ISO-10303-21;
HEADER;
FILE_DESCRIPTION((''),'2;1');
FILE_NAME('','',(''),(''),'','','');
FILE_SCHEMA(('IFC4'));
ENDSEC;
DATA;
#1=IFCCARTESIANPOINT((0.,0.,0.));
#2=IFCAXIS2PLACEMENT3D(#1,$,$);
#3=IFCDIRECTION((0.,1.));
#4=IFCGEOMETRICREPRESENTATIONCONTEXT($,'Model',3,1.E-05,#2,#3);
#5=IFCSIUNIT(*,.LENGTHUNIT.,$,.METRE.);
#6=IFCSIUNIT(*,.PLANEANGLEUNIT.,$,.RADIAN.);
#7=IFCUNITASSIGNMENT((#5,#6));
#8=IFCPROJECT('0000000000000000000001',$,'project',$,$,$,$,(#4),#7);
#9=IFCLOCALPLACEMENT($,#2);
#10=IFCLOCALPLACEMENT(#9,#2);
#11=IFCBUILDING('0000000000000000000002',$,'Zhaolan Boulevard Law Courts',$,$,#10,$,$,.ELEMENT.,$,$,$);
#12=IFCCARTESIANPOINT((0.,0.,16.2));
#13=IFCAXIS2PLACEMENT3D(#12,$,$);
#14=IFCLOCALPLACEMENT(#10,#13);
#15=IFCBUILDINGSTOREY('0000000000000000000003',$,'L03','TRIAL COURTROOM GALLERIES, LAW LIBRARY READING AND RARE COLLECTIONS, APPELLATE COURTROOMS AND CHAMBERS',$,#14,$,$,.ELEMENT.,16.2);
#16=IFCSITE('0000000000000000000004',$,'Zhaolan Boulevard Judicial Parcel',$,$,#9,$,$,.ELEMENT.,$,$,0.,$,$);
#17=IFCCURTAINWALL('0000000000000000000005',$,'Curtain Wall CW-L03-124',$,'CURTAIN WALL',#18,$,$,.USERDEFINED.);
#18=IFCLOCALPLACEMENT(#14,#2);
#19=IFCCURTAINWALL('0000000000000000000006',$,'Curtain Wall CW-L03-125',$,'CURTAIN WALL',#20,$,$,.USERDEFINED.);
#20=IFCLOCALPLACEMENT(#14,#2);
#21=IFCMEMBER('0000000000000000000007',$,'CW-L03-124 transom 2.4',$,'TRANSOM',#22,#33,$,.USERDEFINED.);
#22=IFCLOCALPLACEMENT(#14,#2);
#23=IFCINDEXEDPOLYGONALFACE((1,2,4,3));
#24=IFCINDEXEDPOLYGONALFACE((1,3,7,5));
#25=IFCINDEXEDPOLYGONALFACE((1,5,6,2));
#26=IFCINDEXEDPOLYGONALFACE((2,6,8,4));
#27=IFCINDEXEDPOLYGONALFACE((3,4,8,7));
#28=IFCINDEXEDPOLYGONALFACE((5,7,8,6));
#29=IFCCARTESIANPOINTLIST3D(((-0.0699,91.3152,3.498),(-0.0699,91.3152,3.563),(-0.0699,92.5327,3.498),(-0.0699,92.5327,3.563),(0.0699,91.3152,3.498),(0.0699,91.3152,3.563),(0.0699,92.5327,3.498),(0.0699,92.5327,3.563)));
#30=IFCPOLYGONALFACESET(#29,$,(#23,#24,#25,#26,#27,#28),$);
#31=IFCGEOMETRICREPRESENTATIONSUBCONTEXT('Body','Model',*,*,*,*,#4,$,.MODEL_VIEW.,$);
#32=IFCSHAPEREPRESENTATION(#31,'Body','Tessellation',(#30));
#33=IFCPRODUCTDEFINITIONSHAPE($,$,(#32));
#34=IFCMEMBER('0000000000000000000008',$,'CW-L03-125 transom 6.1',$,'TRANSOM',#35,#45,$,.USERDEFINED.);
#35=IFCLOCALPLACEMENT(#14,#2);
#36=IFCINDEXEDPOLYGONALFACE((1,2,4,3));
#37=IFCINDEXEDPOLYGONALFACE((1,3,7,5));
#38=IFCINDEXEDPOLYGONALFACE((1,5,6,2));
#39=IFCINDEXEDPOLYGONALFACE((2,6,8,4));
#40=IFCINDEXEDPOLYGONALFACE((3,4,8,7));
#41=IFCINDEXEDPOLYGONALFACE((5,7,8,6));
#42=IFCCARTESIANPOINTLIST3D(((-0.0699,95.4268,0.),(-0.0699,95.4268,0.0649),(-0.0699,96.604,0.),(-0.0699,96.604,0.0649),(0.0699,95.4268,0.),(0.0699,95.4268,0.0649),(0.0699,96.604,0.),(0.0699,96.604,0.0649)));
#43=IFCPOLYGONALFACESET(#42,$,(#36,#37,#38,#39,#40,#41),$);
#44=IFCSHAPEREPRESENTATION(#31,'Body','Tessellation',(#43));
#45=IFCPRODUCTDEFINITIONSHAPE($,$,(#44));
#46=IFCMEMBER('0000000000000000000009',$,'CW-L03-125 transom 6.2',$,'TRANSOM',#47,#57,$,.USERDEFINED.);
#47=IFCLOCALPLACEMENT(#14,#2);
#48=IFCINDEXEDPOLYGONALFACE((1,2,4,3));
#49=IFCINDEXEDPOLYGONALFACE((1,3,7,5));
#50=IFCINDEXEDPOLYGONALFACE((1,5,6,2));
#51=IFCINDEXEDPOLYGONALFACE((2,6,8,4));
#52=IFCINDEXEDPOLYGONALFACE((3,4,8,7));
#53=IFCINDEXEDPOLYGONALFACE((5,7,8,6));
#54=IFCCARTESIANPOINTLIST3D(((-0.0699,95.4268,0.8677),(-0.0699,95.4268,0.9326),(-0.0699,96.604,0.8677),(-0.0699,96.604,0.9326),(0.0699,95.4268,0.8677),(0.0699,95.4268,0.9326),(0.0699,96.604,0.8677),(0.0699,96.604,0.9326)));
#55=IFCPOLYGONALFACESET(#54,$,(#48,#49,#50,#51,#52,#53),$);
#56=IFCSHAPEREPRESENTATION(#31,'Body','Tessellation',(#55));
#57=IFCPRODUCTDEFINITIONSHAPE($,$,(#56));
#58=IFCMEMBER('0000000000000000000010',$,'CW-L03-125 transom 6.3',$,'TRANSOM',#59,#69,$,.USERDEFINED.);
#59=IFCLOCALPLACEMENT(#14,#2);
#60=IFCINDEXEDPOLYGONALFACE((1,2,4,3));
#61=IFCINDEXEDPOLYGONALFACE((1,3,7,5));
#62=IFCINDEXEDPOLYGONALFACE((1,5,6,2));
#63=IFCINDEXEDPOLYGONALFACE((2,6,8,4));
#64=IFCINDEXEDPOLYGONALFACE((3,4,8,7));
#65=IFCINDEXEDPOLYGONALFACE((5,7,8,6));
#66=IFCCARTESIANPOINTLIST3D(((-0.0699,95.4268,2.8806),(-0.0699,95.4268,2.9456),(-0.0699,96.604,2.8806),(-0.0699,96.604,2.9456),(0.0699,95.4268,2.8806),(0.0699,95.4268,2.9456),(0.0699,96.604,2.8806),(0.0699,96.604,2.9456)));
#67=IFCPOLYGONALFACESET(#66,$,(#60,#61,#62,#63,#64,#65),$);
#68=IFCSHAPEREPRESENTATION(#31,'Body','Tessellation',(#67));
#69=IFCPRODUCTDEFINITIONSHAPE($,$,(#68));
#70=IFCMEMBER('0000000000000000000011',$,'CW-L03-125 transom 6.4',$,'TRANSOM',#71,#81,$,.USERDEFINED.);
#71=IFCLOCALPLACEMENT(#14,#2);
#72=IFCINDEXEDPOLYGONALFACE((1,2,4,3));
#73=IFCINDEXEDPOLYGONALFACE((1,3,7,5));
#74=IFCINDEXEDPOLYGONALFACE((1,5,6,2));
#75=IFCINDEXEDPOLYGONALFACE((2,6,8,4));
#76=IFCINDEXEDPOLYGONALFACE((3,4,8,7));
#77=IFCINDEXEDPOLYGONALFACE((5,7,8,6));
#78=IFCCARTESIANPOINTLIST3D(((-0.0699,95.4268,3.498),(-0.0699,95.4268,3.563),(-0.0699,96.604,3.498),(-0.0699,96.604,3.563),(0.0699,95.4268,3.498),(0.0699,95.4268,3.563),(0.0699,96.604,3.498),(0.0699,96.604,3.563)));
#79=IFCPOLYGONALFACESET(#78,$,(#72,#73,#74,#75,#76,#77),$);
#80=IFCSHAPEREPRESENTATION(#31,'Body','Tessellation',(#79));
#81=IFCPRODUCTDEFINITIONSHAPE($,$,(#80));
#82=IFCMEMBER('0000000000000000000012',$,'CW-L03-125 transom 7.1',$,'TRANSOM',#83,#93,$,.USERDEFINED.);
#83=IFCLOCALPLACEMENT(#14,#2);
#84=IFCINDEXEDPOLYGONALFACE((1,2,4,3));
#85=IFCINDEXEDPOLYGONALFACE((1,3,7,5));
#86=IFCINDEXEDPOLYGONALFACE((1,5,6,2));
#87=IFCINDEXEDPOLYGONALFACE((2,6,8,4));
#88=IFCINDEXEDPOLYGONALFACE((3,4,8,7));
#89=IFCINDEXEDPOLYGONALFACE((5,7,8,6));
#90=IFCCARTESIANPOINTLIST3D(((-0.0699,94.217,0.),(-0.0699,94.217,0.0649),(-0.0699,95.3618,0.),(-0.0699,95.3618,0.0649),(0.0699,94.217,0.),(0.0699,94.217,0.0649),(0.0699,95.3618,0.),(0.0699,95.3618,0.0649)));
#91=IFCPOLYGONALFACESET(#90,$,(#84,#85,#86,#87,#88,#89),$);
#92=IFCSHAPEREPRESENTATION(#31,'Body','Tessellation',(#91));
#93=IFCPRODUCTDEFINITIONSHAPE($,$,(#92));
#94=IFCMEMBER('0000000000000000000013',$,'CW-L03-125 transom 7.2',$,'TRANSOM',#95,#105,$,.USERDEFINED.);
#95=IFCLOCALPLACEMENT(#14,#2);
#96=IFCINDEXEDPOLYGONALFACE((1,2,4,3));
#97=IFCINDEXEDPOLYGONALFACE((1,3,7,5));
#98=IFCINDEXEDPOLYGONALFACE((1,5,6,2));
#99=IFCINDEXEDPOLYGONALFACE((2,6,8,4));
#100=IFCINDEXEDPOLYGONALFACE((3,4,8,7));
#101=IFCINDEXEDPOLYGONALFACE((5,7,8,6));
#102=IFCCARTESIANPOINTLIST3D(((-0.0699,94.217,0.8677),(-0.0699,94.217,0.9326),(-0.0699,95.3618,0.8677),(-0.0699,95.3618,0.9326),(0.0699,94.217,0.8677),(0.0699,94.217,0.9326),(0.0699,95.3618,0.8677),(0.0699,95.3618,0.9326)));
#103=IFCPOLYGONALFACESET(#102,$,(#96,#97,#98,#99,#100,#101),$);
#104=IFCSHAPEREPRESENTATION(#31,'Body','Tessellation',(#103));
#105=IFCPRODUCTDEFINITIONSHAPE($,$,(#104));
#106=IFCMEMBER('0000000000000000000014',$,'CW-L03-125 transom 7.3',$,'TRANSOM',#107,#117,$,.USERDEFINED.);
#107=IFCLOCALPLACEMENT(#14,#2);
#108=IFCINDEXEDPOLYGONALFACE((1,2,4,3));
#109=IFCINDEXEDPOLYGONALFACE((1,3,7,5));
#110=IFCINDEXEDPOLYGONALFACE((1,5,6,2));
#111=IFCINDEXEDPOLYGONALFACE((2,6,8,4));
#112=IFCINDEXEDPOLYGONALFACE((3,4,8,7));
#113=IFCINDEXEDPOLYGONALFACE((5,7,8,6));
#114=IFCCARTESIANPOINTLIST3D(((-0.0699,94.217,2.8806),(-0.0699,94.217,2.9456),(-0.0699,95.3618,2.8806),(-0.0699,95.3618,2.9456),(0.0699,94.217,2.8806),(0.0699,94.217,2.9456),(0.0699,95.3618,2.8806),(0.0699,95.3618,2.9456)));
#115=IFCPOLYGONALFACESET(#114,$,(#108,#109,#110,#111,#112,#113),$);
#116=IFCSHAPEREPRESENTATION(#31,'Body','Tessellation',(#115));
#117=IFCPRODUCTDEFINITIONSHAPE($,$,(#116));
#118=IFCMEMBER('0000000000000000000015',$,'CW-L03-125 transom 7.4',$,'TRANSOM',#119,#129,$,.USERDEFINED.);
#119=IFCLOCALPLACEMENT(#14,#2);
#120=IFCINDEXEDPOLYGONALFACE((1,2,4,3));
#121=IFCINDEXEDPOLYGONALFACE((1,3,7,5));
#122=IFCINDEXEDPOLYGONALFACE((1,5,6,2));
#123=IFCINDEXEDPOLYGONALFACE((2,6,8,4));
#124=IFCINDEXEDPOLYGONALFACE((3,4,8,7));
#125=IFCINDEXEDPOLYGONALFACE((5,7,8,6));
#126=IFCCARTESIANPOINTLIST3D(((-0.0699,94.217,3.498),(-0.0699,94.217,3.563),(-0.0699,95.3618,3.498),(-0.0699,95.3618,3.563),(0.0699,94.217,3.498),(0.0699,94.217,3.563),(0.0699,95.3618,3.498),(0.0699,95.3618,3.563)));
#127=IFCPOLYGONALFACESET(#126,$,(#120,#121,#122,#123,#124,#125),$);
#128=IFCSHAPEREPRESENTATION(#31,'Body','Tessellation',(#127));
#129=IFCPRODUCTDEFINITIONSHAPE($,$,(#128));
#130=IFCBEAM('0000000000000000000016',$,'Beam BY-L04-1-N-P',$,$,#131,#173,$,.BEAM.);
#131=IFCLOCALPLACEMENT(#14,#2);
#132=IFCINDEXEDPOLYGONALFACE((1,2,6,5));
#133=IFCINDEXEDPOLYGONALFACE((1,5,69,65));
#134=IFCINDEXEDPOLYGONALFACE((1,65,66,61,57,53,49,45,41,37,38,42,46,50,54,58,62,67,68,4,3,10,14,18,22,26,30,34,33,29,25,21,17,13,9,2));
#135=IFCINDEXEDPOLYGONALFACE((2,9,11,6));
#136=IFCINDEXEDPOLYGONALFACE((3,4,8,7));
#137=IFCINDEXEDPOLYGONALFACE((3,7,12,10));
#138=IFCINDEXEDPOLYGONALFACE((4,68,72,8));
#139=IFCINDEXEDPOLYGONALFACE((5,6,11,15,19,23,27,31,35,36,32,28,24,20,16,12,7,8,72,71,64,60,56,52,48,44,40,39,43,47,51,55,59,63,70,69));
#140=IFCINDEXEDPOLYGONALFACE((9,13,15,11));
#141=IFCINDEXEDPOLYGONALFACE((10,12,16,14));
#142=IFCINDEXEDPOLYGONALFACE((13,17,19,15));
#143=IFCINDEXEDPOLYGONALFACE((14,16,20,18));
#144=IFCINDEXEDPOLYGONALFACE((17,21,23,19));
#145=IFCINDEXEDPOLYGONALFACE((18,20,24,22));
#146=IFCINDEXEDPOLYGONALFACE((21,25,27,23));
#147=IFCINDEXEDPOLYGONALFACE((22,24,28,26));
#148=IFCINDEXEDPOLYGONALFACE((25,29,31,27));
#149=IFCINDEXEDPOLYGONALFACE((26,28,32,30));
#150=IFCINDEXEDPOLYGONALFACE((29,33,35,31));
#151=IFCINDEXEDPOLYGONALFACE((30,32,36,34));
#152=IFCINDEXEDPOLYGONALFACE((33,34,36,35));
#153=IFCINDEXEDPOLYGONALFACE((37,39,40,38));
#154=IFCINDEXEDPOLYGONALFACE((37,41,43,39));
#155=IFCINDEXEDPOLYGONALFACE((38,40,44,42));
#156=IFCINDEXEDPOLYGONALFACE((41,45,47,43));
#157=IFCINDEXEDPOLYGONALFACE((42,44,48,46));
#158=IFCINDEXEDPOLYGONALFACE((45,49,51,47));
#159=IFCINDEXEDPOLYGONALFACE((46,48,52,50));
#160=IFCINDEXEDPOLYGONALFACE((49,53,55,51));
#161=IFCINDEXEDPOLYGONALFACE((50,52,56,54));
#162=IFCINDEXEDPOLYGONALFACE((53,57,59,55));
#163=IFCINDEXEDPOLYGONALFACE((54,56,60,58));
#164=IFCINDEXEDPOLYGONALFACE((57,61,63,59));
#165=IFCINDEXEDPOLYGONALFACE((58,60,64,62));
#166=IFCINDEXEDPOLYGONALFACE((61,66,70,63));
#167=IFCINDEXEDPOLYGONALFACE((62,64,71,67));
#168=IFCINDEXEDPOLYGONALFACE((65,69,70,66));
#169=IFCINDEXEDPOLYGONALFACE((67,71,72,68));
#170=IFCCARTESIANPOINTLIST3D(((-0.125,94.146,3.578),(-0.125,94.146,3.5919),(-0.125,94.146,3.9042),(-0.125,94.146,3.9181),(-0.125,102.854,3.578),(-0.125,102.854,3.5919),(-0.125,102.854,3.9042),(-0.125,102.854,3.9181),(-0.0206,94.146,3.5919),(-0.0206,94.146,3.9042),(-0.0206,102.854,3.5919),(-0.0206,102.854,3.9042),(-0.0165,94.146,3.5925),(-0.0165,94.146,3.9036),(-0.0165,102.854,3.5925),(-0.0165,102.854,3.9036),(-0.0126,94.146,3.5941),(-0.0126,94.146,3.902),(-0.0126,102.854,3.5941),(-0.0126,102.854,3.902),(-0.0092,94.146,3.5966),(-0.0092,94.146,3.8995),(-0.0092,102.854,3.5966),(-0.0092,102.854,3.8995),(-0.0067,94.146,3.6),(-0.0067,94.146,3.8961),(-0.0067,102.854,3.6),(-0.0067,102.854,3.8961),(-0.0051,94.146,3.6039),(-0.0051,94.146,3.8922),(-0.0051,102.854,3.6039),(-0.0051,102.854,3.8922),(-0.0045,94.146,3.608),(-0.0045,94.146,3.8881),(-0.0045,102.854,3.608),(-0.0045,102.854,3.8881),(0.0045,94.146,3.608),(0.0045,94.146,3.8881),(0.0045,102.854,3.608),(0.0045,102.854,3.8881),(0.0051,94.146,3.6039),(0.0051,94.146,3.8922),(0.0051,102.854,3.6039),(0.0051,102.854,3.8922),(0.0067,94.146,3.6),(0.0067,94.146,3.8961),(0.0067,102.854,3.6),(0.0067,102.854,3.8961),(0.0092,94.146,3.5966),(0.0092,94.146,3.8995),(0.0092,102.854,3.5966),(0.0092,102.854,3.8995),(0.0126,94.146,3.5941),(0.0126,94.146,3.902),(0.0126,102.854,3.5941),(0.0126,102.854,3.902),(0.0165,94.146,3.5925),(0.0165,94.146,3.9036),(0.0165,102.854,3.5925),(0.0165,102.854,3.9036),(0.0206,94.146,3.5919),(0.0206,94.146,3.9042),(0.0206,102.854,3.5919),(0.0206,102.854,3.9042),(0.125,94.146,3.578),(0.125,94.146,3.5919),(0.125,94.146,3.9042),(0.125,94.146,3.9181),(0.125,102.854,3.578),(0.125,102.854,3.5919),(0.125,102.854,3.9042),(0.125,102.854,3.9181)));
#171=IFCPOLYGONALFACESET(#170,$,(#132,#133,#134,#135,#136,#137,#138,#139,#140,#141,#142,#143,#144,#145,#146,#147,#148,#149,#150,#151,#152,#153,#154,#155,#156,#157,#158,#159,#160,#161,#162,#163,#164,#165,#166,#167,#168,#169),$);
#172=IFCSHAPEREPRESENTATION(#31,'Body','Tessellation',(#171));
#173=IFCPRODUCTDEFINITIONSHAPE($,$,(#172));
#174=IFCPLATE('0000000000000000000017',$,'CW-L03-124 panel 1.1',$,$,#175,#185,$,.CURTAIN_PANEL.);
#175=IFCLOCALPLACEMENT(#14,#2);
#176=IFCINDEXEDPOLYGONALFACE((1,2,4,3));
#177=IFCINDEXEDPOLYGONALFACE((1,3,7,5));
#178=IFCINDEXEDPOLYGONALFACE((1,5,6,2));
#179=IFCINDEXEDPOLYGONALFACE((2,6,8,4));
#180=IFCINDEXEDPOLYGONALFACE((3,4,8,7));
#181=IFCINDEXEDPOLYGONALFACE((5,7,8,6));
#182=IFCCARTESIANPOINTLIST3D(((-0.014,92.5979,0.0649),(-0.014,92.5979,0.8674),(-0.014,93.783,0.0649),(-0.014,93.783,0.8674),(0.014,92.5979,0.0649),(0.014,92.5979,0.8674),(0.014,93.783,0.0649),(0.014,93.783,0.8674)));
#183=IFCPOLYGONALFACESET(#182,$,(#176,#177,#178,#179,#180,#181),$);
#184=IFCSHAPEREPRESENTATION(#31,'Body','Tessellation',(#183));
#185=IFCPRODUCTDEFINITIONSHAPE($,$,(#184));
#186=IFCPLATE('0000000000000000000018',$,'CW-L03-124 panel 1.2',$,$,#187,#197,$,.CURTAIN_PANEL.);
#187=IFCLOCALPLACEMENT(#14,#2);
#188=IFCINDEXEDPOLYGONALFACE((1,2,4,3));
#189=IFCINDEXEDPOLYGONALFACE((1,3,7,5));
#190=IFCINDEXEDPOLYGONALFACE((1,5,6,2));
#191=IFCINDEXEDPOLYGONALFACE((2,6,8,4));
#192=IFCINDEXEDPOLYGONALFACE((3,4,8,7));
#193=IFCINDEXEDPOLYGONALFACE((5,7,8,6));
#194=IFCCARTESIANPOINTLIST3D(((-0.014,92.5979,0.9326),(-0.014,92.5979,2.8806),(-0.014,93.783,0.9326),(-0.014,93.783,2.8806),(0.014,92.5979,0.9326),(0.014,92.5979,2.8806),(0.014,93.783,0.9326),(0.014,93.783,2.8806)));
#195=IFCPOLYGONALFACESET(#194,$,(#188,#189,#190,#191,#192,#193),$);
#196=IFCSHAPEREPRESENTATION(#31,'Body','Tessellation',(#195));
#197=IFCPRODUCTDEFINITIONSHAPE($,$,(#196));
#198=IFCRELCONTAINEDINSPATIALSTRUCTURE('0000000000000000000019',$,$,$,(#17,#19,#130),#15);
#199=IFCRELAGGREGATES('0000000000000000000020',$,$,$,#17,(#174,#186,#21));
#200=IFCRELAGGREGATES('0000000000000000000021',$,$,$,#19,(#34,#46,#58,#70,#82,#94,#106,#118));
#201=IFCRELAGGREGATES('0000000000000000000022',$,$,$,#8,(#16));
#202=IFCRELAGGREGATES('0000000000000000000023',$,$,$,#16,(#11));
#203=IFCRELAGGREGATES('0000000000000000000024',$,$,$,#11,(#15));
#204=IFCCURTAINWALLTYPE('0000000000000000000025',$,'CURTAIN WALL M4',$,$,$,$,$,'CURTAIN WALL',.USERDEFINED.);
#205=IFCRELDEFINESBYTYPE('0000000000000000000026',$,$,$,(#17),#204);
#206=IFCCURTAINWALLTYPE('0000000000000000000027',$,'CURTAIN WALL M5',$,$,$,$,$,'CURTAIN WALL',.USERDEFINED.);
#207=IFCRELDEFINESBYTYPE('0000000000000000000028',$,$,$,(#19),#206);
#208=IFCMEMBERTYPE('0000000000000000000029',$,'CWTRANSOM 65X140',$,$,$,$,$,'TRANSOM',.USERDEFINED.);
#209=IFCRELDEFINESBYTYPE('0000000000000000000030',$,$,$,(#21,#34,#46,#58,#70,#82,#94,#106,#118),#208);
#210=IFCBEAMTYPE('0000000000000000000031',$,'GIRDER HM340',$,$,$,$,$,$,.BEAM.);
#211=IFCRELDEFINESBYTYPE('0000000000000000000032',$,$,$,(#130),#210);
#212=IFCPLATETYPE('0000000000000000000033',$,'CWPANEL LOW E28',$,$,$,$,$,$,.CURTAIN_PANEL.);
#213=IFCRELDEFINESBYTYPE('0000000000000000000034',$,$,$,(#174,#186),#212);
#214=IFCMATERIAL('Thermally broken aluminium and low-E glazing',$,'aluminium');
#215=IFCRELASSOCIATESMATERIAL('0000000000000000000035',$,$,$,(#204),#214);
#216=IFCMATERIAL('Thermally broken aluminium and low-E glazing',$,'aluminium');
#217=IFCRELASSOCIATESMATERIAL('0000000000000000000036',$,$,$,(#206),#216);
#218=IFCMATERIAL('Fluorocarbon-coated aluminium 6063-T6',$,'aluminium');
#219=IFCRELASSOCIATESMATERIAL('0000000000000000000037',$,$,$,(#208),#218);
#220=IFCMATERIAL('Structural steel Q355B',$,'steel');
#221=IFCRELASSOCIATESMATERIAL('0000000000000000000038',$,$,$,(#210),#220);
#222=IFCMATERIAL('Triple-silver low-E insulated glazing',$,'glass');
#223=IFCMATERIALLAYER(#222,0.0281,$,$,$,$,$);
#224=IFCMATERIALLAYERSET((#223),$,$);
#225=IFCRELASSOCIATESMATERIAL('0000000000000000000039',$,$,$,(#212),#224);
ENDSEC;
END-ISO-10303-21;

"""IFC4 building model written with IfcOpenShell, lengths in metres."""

from ifc_helpers import new_model, si_unit, direction, frame, origin, origin_2d, place, context, subcontext, project, spatial, rectangle, i_section, extrude, material, layer, layer_set, material_profile, profile_set, type_object, element, aggregate, save


model = new_model("IFC4")

# Units and contexts
model_context = context("Model", 3, precision=1e-05, world=origin(), true_north=direction((0.0, 1.0)))
body_context = subcontext(model_context, "Body", "Model", "MODEL_VIEW")
ifc_project = project(units=[si_unit("LENGTHUNIT", "METRE"), si_unit("PLANEANGLEUNIT", "RADIAN")], contexts=[model_context])

# Site, building, storey
site_placement = place(None, origin())
site = spatial("IfcSite", under=ifc_project, at=site_placement, Name="Zhaolan Boulevard Judicial Parcel", CompositionType="ELEMENT", RefElevation=0.0)
building_placement = place(site_placement, origin())
building = spatial("IfcBuilding", under=site, at=building_placement, Name="Zhaolan Boulevard Law Courts", CompositionType="ELEMENT")
storey_placement = place(building_placement, frame((0.0, 0.0, 16.2)))
storey = spatial("IfcBuildingStorey", under=building, at=storey_placement, Name="L03", Description="TRIAL COURTROOM GALLERIES, LAW LIBRARY READING AND RARE COLLECTIONS, APPELLATE COURTROOMS AND CHAMBERS", CompositionType="ELEMENT", Elevation=16.2)

# Curtain walls
ifc_material_1 = material(Name="Thermally broken aluminium and low-E glazing", Category="aluminium")
curtain_wall_type_1 = type_object("IfcCurtainWallType", Name="CURTAIN WALL M4", ElementType="CURTAIN WALL", PredefinedType="USERDEFINED", material=ifc_material_1)
curtain_wall_1_placement = place(storey_placement, origin())
curtain_wall_1 = element("IfcCurtainWall", 1, at=curtain_wall_1_placement, inside=storey, type_object=curtain_wall_type_1, Name="Curtain Wall CW-L03-124", ObjectType="CURTAIN WALL", PredefinedType="USERDEFINED")
ifc_material_2 = material(Name="Thermally broken aluminium and low-E glazing", Category="aluminium")
curtain_wall_type_2 = type_object("IfcCurtainWallType", Name="CURTAIN WALL M5", ElementType="CURTAIN WALL", PredefinedType="USERDEFINED", material=ifc_material_2)
curtain_wall_2_placement = place(storey_placement, origin())
curtain_wall_2 = element("IfcCurtainWall", 2, at=curtain_wall_2_placement, inside=storey, type_object=curtain_wall_type_2, Name="Curtain Wall CW-L03-125", ObjectType="CURTAIN WALL", PredefinedType="USERDEFINED")

# Members
ifc_material_3 = material(Name="Fluorocarbon-coated aluminium 6063-T6", Category="aluminium")
ifc_material_profile_1 = material_profile(ifc_material_3, rectangle(XDim=0.1399, YDim=0.0649, at=origin_2d()), Name="AL65x140")
ifc_profile_set_1 = profile_set([ifc_material_profile_1], Name="Fluorocarbon-coated aluminium 6063-T6")
member_type_1 = type_object("IfcMemberType", Name="CWTRANSOM 65X140", ElementType="TRANSOM", PredefinedType="USERDEFINED", material=ifc_profile_set_1)
member_1_placement = place(storey_placement, frame((0.0, 92.5327, 3.5305), z_axis=(0.0, -1.0, 0.0), x_axis=(1.0, 0.0, 0.0)))
member_1 = element("IfcMember", 3, at=member_1_placement, type_object=member_type_1, Name="CW-L03-124 transom 2.4", ObjectType="TRANSOM", PredefinedType="USERDEFINED", context=body_context, shape_type="SweptSolid", body=[
    extrude(rectangle(XDim=0.1399, YDim=0.0649, at=origin_2d()), origin(), (0.0, 0.0, 1.0), 1.2175),
])
member_2_placement = place(storey_placement, frame((0.0, 96.604, 0.0325), z_axis=(0.0, -1.0, 0.0), x_axis=(1.0, 0.0, 0.0)))
member_2 = element("IfcMember", 4, at=member_2_placement, type_object=member_type_1, Name="CW-L03-125 transom 6.1", ObjectType="TRANSOM", PredefinedType="USERDEFINED", context=body_context, shape_type="SweptSolid", body=[
    extrude(rectangle(XDim=0.1399, YDim=0.0649, at=origin_2d()), origin(), (0.0, 0.0, 1.0), 1.1772),
])
member_3_placement = place(storey_placement, frame((0.0, 96.604, 0.9001), z_axis=(0.0, -1.0, 0.0), x_axis=(1.0, 0.0, 0.0)))
member_3 = element("IfcMember", 5, at=member_3_placement, type_object=member_type_1, Name="CW-L03-125 transom 6.2", ObjectType="TRANSOM", PredefinedType="USERDEFINED", context=body_context, shape_type="SweptSolid", body=[
    extrude(rectangle(XDim=0.1399, YDim=0.0649, at=origin_2d()), origin(), (0.0, 0.0, 1.0), 1.1772),
])
member_4_placement = place(storey_placement, frame((0.0, 96.604, 2.9131), z_axis=(0.0, -1.0, 0.0), x_axis=(1.0, 0.0, 0.0)))
member_4 = element("IfcMember", 6, at=member_4_placement, type_object=member_type_1, Name="CW-L03-125 transom 6.3", ObjectType="TRANSOM", PredefinedType="USERDEFINED", context=body_context, shape_type="SweptSolid", body=[
    extrude(rectangle(XDim=0.1399, YDim=0.0649, at=origin_2d()), origin(), (0.0, 0.0, 1.0), 1.1772),
])
member_5_placement = place(storey_placement, frame((0.0, 96.604, 3.5305), z_axis=(0.0, -1.0, 0.0), x_axis=(1.0, 0.0, 0.0)))
member_5 = element("IfcMember", 7, at=member_5_placement, type_object=member_type_1, Name="CW-L03-125 transom 6.4", ObjectType="TRANSOM", PredefinedType="USERDEFINED", context=body_context, shape_type="SweptSolid", body=[
    extrude(rectangle(XDim=0.1399, YDim=0.0649, at=origin_2d()), origin(), (0.0, 0.0, 1.0), 1.1772),
])
member_6_placement = place(storey_placement, frame((0.0, 95.3618, 0.0325), z_axis=(0.0, -1.0, 0.0), x_axis=(1.0, 0.0, 0.0)))
member_6 = element("IfcMember", 8, at=member_6_placement, type_object=member_type_1, Name="CW-L03-125 transom 7.1", ObjectType="TRANSOM", PredefinedType="USERDEFINED", context=body_context, shape_type="SweptSolid", body=[
    extrude(rectangle(XDim=0.1399, YDim=0.0649, at=origin_2d()), origin(), (0.0, 0.0, 1.0), 1.1448),
])
member_7_placement = place(storey_placement, frame((0.0, 95.3618, 0.9001), z_axis=(0.0, -1.0, 0.0), x_axis=(1.0, 0.0, 0.0)))
member_7 = element("IfcMember", 9, at=member_7_placement, type_object=member_type_1, Name="CW-L03-125 transom 7.2", ObjectType="TRANSOM", PredefinedType="USERDEFINED", context=body_context, shape_type="SweptSolid", body=[
    extrude(rectangle(XDim=0.1399, YDim=0.0649, at=origin_2d()), origin(), (0.0, 0.0, 1.0), 1.1448),
])
member_8_placement = place(storey_placement, frame((0.0, 95.3618, 2.9131), z_axis=(0.0, -1.0, 0.0), x_axis=(1.0, 0.0, 0.0)))
member_8 = element("IfcMember", 10, at=member_8_placement, type_object=member_type_1, Name="CW-L03-125 transom 7.3", ObjectType="TRANSOM", PredefinedType="USERDEFINED", context=body_context, shape_type="SweptSolid", body=[
    extrude(rectangle(XDim=0.1399, YDim=0.0649, at=origin_2d()), origin(), (0.0, 0.0, 1.0), 1.1448),
])
member_9_placement = place(storey_placement, frame((0.0, 95.3618, 3.5305), z_axis=(0.0, -1.0, 0.0), x_axis=(1.0, 0.0, 0.0)))
member_9 = element("IfcMember", 11, at=member_9_placement, type_object=member_type_1, Name="CW-L03-125 transom 7.4", ObjectType="TRANSOM", PredefinedType="USERDEFINED", context=body_context, shape_type="SweptSolid", body=[
    extrude(rectangle(XDim=0.1399, YDim=0.0649, at=origin_2d()), origin(), (0.0, 0.0, 1.0), 1.1448),
])

# Beam
ifc_material_4 = material(Name="Structural steel Q355B", Category="steel")
ifc_material_profile_2 = material_profile(ifc_material_4, i_section(OverallWidth=0.25, OverallDepth=0.3401, WebThickness=0.009, FlangeThickness=0.0139, FilletRadius=0.0161, at=origin_2d()), Name="HM340x250")
ifc_profile_set_2 = profile_set([ifc_material_profile_2], Name="Structural steel Q355B")
beam_type = type_object("IfcBeamType", Name="GIRDER HM340", PredefinedType="BEAM", material=ifc_profile_set_2)
beam_placement = place(storey_placement, frame((0.0, 94.146, 3.748), z_axis=(0.0, 1.0, 0.0), x_axis=(-1.0, 0.0, 0.0)))
element("IfcBeam", 12, at=beam_placement, inside=storey, type_object=beam_type, Name="Beam BY-L04-1-N-P", PredefinedType="BEAM", context=body_context, shape_type="SweptSolid", body=[
    extrude(i_section(OverallWidth=0.25, OverallDepth=0.3401, WebThickness=0.009, FlangeThickness=0.0139, FilletRadius=0.0161, at=origin_2d()), origin(), (0.0, 0.0, 1.0), 8.708),
])

# Plates
ifc_material_5 = material(Name="Triple-silver low-E insulated glazing", Category="glass")
ifc_layer = layer(ifc_material_5, 0.0281)
ifc_layer_set = layer_set([ifc_layer])
plate_type = type_object("IfcPlateType", Name="CWPANEL LOW E28", PredefinedType="CURTAIN_PANEL", material=ifc_layer_set)
plate_1_placement = place(storey_placement, frame((0.0, 93.1904, 0.0649), z_axis=(0.0, 0.0, 1.0), x_axis=(0.0, -1.0, 0.0)))
plate_1 = element("IfcPlate", 13, at=plate_1_placement, type_object=plate_type, Name="CW-L03-124 panel 1.1", PredefinedType="CURTAIN_PANEL", context=body_context, shape_type="SweptSolid", body=[
    extrude(rectangle(XDim=1.1851, YDim=0.0281, at=origin_2d()), origin(), (0.0, 0.0, 1.0), 0.8025),
])
plate_2_placement = place(storey_placement, frame((0.0, 93.1904, 0.9326), z_axis=(0.0, 0.0, 1.0), x_axis=(0.0, -1.0, 0.0)))
plate_2 = element("IfcPlate", 14, at=plate_2_placement, type_object=plate_type, Name="CW-L03-124 panel 1.2", PredefinedType="CURTAIN_PANEL", context=body_context, shape_type="SweptSolid", body=[
    extrude(rectangle(XDim=1.1851, YDim=0.0281, at=origin_2d()), origin(), (0.0, 0.0, 1.0), 1.948),
])
aggregate(curtain_wall_1, [plate_1, plate_2, member_1])
aggregate(curtain_wall_2, [member_2, member_3, member_4, member_5, member_6, member_7, member_8, member_9])

save(model, "model.ifc")
